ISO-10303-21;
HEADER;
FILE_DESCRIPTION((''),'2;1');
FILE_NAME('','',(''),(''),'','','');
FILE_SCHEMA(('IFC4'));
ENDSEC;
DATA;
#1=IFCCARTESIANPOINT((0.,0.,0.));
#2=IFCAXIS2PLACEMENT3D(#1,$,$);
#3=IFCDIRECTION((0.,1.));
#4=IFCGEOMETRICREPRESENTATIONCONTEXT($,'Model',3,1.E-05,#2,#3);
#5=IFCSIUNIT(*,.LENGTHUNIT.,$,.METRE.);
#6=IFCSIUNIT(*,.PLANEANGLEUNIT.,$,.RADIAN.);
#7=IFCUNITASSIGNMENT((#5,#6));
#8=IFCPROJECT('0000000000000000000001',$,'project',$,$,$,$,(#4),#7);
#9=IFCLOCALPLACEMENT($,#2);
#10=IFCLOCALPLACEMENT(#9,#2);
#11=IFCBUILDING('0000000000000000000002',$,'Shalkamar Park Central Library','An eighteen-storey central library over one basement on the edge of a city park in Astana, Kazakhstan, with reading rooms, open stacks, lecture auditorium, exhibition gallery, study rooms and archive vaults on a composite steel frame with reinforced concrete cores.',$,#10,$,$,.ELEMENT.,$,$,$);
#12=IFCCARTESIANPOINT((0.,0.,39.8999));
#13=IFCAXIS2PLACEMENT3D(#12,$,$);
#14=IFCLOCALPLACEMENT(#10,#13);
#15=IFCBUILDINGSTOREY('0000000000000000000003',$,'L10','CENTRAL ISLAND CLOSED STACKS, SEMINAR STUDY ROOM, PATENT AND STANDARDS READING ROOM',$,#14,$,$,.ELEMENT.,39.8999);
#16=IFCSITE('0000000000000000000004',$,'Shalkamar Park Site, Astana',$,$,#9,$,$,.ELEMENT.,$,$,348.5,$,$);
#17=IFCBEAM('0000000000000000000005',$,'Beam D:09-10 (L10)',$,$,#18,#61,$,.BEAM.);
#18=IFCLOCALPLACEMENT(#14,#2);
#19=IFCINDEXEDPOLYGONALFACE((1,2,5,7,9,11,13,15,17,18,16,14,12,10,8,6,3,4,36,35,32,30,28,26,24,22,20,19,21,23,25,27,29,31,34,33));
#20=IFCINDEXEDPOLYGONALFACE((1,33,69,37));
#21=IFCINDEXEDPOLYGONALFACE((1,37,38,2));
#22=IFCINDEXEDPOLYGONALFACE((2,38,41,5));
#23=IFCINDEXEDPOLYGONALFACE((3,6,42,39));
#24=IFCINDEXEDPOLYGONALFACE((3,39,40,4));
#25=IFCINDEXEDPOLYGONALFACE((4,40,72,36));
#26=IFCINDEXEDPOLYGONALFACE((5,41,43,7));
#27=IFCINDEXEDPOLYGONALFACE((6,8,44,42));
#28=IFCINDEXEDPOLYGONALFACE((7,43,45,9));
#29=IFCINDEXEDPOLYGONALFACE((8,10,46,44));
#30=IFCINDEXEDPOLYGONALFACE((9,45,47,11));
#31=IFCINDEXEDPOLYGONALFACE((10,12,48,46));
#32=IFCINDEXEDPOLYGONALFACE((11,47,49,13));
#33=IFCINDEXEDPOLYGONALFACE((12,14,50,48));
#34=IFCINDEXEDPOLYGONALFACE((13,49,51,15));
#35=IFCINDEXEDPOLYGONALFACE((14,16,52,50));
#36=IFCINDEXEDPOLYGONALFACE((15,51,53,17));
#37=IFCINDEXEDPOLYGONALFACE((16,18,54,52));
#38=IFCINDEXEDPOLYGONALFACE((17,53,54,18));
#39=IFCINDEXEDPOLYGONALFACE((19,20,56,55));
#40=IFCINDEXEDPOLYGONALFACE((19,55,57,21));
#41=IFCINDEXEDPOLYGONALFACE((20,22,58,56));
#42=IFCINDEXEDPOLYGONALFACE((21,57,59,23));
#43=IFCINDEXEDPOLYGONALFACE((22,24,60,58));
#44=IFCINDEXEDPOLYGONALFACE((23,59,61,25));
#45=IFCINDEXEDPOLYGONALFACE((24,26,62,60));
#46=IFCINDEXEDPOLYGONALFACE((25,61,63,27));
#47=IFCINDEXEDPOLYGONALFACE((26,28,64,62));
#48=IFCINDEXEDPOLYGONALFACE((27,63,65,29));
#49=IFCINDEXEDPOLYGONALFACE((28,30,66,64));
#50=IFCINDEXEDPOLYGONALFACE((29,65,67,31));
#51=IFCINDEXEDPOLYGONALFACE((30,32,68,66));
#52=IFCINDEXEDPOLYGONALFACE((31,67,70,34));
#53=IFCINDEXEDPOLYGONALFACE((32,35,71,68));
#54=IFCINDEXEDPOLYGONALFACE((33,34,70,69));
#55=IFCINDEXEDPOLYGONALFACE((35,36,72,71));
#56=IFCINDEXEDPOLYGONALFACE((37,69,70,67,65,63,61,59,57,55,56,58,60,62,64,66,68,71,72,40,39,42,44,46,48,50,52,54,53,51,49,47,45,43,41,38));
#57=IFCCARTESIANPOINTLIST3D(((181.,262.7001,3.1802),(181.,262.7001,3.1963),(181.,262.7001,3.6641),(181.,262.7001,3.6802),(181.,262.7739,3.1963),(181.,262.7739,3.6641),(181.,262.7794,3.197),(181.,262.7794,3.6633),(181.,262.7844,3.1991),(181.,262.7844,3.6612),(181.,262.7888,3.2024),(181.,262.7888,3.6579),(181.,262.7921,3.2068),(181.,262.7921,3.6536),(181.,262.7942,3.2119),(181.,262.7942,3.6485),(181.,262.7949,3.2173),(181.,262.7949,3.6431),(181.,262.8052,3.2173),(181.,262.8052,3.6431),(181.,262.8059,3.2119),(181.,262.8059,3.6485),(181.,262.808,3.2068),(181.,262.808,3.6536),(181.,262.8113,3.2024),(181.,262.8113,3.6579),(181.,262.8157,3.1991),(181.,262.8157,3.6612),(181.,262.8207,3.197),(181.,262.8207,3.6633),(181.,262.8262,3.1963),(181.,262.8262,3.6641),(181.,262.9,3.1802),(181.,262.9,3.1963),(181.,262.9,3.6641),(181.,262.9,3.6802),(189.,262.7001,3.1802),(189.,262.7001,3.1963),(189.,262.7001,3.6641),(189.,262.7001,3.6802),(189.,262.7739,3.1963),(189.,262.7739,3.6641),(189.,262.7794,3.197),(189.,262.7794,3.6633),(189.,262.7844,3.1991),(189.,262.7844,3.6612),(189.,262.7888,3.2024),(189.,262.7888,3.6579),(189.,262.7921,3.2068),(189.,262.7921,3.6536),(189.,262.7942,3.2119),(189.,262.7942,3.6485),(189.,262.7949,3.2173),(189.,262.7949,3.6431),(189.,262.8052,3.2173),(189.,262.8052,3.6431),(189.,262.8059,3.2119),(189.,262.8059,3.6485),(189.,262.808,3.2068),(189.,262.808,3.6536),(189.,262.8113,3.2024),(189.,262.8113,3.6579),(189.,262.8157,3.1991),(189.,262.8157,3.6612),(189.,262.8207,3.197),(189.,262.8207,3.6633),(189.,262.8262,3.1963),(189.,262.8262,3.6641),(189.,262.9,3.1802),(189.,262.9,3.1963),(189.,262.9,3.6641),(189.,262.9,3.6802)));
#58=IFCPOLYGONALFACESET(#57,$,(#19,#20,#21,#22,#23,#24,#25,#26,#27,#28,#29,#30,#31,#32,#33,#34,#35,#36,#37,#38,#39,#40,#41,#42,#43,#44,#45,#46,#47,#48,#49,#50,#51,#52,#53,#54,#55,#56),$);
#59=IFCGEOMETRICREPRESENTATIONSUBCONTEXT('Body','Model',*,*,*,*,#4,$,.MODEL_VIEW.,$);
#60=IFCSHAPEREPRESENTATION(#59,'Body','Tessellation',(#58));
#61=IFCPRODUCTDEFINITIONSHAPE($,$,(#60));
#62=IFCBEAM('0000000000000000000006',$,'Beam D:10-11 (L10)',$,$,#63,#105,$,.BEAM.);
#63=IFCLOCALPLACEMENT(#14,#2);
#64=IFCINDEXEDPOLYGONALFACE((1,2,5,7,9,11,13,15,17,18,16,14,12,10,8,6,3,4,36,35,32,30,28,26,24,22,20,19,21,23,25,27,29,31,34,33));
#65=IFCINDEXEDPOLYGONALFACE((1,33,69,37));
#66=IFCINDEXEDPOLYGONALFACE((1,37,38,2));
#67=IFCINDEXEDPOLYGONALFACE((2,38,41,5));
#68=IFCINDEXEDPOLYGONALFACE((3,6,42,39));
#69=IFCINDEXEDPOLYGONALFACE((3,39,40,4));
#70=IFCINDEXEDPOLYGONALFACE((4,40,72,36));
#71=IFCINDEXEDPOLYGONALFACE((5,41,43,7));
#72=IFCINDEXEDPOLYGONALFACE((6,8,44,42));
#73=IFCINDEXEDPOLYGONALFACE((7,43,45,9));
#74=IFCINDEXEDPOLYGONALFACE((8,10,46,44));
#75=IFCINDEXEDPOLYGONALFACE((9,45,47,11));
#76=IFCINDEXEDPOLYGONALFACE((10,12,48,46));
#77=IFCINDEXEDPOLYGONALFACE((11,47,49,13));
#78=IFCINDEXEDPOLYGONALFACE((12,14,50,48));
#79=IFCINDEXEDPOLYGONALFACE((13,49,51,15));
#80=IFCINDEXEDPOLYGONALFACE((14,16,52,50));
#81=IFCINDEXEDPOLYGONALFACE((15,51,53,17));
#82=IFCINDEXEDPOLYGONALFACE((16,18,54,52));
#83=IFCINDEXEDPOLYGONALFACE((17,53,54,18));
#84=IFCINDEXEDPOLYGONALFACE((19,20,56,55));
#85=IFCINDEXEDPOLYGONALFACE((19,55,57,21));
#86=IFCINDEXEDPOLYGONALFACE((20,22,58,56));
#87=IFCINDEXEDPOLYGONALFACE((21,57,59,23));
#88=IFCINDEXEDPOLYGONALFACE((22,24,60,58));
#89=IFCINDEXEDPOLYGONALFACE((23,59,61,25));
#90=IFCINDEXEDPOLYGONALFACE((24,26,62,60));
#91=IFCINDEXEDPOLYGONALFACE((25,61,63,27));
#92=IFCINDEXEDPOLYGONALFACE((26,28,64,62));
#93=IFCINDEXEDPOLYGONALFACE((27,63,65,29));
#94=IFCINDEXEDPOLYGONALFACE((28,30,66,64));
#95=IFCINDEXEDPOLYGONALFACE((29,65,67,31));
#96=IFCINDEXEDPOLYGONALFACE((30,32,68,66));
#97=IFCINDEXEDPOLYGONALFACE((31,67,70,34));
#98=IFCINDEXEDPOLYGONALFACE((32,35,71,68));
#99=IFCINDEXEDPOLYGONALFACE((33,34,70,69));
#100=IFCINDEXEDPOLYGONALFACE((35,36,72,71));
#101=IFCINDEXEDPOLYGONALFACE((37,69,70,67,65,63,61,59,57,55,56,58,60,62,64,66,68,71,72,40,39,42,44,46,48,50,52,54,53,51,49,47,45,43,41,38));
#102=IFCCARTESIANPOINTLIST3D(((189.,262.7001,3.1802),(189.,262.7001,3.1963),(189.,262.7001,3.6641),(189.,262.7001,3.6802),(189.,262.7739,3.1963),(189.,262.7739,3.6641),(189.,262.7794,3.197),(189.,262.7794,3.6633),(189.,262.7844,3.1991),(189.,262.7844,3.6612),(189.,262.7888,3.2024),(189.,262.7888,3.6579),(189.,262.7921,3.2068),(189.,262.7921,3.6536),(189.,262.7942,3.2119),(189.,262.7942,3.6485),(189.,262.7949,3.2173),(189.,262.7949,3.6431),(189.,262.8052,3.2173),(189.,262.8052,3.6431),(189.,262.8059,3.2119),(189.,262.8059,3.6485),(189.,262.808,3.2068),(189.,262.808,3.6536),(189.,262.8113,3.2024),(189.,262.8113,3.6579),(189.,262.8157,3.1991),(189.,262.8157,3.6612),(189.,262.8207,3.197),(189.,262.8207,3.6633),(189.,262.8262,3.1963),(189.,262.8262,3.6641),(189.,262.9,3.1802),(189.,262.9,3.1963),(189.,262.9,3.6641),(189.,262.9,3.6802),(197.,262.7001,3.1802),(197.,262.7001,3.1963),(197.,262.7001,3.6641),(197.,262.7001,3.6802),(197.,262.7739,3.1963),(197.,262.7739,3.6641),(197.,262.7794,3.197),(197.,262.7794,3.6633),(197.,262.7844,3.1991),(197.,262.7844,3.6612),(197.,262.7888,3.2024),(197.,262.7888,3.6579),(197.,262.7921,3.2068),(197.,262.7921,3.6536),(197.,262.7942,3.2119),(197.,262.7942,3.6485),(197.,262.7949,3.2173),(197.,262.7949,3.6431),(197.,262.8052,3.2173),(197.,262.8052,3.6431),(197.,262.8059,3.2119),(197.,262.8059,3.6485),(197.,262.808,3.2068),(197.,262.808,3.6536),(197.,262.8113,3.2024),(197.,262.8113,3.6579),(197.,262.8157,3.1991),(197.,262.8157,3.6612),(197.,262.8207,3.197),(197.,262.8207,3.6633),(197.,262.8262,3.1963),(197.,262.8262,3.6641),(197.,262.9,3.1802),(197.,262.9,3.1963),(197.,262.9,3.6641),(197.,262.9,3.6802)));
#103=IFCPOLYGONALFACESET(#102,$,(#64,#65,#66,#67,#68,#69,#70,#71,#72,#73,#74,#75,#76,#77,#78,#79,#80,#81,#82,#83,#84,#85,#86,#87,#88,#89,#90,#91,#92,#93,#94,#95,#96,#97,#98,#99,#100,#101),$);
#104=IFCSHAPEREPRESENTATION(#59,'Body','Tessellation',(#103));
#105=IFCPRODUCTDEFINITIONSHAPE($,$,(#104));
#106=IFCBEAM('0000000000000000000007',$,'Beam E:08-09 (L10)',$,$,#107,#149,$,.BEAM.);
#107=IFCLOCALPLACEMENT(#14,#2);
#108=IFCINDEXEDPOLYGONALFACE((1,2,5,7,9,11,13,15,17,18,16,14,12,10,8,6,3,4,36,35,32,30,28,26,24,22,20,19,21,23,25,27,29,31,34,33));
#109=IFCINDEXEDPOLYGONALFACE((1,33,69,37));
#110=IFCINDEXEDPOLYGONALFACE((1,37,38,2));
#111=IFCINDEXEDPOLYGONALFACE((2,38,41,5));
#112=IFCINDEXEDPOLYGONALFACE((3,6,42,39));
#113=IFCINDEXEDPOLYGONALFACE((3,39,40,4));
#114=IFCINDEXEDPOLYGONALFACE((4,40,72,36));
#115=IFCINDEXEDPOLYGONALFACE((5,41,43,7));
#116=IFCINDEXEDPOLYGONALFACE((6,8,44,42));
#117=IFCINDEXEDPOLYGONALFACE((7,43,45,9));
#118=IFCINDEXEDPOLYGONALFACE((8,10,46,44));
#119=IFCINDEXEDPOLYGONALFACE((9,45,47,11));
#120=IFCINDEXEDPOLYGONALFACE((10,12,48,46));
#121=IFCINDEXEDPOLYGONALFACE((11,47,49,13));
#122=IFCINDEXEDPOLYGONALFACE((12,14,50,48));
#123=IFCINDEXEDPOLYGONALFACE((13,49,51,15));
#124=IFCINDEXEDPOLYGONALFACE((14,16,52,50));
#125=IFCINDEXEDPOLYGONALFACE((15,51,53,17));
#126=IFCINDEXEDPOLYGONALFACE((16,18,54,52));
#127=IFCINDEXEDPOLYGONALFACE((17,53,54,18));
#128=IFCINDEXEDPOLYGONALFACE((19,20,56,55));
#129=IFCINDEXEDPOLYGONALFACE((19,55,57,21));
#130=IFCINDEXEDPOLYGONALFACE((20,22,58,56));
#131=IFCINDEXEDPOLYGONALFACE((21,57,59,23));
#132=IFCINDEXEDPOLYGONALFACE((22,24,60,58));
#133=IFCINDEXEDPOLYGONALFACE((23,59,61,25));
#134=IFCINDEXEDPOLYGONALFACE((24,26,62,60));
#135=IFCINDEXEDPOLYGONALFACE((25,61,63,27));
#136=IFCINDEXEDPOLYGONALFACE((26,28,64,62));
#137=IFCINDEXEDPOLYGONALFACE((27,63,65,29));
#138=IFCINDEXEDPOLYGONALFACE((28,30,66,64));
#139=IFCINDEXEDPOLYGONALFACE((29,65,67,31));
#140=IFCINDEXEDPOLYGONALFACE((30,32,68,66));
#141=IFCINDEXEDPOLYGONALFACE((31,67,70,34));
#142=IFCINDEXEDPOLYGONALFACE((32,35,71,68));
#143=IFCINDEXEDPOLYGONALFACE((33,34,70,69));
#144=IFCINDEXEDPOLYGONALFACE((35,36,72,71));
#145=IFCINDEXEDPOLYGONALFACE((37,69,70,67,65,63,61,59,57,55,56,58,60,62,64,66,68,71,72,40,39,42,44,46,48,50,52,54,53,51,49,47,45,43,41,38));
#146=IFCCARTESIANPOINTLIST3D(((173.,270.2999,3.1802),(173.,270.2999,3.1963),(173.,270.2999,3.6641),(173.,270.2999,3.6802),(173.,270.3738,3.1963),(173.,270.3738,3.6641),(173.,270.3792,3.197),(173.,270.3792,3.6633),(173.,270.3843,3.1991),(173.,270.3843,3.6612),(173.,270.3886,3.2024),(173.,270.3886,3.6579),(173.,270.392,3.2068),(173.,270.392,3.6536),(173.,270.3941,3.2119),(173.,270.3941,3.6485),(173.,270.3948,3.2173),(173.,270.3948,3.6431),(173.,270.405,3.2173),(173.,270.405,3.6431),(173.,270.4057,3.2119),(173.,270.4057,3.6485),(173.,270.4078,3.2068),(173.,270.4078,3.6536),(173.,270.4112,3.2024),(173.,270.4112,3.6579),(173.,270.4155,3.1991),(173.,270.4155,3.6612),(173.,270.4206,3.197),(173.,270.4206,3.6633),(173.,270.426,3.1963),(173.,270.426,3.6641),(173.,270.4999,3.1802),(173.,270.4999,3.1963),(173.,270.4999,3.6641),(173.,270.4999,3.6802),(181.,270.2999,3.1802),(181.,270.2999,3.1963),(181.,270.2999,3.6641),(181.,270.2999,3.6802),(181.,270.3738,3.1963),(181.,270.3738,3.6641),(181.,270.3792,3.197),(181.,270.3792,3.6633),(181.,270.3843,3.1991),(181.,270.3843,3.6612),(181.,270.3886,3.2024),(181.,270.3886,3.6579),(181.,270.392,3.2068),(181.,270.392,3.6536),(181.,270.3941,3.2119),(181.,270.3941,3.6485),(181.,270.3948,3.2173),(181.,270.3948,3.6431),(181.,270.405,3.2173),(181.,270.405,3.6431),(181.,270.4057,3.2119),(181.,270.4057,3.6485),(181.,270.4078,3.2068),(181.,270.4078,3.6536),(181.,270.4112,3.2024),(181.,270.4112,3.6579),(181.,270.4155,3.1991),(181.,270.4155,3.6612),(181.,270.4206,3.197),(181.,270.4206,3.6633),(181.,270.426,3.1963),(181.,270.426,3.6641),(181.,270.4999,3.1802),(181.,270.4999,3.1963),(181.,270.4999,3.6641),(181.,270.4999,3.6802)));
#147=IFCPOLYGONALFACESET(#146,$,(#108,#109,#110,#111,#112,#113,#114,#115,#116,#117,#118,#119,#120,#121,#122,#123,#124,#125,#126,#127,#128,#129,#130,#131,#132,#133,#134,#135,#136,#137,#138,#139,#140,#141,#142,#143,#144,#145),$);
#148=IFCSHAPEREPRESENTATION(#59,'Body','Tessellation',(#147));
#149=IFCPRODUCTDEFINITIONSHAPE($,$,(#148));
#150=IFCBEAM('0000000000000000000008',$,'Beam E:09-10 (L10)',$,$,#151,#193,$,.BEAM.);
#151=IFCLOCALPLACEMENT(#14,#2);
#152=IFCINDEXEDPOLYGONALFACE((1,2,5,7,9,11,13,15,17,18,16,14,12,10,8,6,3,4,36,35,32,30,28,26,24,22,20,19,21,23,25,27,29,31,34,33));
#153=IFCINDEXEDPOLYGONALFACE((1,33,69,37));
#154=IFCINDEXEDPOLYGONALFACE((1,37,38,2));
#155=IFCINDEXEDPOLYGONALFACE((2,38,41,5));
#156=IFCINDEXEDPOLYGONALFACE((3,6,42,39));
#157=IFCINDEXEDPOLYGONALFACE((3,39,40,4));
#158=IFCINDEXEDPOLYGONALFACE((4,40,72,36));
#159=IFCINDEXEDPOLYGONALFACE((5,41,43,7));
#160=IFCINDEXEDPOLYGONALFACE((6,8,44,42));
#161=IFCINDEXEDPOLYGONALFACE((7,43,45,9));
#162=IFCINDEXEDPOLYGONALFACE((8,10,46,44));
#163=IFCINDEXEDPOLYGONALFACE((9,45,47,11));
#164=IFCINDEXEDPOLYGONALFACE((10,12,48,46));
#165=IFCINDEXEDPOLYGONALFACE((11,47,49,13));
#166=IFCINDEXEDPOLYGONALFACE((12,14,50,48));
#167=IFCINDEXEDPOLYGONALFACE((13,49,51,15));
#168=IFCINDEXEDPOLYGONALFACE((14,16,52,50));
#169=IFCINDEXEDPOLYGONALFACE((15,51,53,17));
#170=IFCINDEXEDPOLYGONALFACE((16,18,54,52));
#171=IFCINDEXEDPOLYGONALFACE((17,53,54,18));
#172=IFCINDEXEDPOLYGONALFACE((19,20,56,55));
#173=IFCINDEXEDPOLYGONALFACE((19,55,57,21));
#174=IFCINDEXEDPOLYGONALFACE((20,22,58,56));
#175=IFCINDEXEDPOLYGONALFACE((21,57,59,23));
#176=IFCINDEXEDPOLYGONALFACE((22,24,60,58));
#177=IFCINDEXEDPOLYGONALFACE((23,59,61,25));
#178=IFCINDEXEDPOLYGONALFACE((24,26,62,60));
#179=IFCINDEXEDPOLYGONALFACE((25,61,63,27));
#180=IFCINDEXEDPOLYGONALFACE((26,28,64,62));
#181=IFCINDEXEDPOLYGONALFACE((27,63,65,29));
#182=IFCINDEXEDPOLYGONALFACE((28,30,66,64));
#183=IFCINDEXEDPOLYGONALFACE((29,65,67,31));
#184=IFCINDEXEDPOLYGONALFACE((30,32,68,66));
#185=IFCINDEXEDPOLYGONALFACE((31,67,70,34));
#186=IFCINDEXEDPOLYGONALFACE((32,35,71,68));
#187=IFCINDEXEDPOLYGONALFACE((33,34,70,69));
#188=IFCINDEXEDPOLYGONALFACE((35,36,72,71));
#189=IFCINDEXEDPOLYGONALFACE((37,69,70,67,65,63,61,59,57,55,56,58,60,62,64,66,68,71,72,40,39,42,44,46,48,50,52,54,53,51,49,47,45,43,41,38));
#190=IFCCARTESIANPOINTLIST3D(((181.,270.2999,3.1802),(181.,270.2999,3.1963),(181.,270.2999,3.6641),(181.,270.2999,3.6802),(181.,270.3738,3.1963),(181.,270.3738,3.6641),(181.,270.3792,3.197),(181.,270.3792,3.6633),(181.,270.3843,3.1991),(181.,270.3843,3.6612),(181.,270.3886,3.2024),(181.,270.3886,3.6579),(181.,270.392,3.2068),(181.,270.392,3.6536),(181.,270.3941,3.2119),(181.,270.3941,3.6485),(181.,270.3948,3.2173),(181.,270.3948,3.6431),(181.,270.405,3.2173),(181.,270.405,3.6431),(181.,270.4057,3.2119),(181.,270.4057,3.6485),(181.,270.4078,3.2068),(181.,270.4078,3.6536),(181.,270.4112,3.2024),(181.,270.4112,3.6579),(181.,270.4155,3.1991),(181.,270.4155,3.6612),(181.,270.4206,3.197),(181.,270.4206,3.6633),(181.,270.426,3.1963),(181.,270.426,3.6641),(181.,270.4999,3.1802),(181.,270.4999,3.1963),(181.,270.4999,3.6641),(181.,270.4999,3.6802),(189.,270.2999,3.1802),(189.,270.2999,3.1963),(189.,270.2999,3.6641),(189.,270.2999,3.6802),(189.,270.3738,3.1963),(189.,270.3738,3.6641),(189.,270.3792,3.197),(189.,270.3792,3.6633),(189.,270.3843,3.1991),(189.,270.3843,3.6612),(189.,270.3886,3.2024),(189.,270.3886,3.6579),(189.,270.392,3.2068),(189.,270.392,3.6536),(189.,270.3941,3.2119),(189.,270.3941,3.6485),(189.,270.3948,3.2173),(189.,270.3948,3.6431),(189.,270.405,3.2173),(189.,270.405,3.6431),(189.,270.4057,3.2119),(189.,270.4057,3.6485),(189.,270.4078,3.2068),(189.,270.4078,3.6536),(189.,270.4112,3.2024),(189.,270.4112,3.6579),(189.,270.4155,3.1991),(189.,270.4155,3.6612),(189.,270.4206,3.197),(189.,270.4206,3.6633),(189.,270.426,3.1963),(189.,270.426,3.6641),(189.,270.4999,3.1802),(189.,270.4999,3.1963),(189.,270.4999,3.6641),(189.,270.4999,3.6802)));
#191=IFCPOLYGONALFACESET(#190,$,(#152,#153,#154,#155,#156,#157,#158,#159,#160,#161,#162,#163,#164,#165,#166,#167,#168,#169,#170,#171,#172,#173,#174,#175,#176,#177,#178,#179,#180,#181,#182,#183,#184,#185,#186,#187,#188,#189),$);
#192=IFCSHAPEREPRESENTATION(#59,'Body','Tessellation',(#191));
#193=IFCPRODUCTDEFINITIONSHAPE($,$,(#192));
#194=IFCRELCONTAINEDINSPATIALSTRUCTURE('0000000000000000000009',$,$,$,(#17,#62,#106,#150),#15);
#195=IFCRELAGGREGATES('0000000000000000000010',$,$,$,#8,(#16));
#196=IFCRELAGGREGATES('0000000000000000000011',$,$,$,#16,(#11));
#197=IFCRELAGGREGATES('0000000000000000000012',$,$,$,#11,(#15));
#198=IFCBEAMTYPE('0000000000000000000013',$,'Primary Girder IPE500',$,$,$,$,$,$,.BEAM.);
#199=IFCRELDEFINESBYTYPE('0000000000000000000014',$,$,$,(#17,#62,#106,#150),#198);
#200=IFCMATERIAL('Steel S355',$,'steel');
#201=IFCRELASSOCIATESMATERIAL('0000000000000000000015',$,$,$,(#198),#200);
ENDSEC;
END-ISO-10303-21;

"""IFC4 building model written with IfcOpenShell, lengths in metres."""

from ifc_helpers import new_model, si_unit, direction, frame, origin, origin_2d, place, context, subcontext, project, spatial, i_section, extrude, material, material_profile, profile_set, type_object, element, save


model = new_model("IFC4")

# Units and contexts
model_context = context("Model", 3, precision=1e-05, world=origin(), true_north=direction((0.0, 1.0)))
body_context = subcontext(model_context, "Body", "Model", "MODEL_VIEW")
ifc_project = project(units=[si_unit("LENGTHUNIT", "METRE"), si_unit("PLANEANGLEUNIT", "RADIAN")], contexts=[model_context])

# Site, building, storey
site_placement = place(None, origin())
site = spatial("IfcSite", under=ifc_project, at=site_placement, Name="Shalkamar Park Site, Astana", CompositionType="ELEMENT", RefElevation=348.5)
building_placement = place(site_placement, origin())
building = spatial("IfcBuilding", under=site, at=building_placement, Name="Shalkamar Park Central Library", Description="An eighteen-storey central library over one basement on the edge of a city park in Astana, Kazakhstan, with reading rooms, open stacks, lecture auditorium, exhibition gallery, study rooms and archive vaults on a composite steel frame with reinforced concrete cores.", CompositionType="ELEMENT")
storey_placement = place(building_placement, frame((0.0, 0.0, 39.8999)))
storey = spatial("IfcBuildingStorey", under=building, at=storey_placement, Name="L10", Description="CENTRAL ISLAND CLOSED STACKS, SEMINAR STUDY ROOM, PATENT AND STANDARDS READING ROOM", CompositionType="ELEMENT", Elevation=39.8999)

# Shared definitions
ifc_material_1 = material(Name="Steel S355", Category="steel")

# Beams
ifc_material_profile_1 = material_profile(ifc_material_1, i_section(OverallWidth=0.2, OverallDepth=0.5, WebThickness=0.0103, FlangeThickness=0.0161, FilletRadius=0.021, at=origin_2d()), Name="IPE 500")
ifc_profile_set_1 = profile_set([ifc_material_profile_1], Name="Steel S355")
beam_type_1 = type_object("IfcBeamType", Name="Primary Girder IPE500", PredefinedType="BEAM", material=ifc_profile_set_1)
for number, where, z_axis, x_axis, name in (
    (1, (181.0, 262.8, 3.4302), (1.0, 0.0, 0.0), (0.0, 1.0, 0.0), "Beam D:09-10 (L10)"),
    (2, (189.0, 262.8, 3.4302), (1.0, 0.0, 0.0), (0.0, 1.0, 0.0), "Beam D:10-11 (L10)"),
    (3, (173.0, 270.3999, 3.4302), (1.0, 0.0, 0.0), (0.0, 1.0, 0.0), "Beam E:08-09 (L10)"),
    (4, (181.0, 270.3999, 3.4302), (1.0, 0.0, 0.0), (0.0, 1.0, 0.0), "Beam E:09-10 (L10)"),
):
    element("IfcBeam", number, at=place(storey_placement, frame(where, z_axis=z_axis, x_axis=x_axis)), inside=storey, type_object=beam_type_1, Name=name, PredefinedType="BEAM", context=body_context, shape_type="SweptSolid", body=[
        extrude(i_section(OverallWidth=0.2, OverallDepth=0.5, WebThickness=0.0103, FlangeThickness=0.0161, FilletRadius=0.021, at=origin_2d()), origin(), (0.0, 0.0, 1.0), 8.0),
    ])

save(model, "model.ifc")
